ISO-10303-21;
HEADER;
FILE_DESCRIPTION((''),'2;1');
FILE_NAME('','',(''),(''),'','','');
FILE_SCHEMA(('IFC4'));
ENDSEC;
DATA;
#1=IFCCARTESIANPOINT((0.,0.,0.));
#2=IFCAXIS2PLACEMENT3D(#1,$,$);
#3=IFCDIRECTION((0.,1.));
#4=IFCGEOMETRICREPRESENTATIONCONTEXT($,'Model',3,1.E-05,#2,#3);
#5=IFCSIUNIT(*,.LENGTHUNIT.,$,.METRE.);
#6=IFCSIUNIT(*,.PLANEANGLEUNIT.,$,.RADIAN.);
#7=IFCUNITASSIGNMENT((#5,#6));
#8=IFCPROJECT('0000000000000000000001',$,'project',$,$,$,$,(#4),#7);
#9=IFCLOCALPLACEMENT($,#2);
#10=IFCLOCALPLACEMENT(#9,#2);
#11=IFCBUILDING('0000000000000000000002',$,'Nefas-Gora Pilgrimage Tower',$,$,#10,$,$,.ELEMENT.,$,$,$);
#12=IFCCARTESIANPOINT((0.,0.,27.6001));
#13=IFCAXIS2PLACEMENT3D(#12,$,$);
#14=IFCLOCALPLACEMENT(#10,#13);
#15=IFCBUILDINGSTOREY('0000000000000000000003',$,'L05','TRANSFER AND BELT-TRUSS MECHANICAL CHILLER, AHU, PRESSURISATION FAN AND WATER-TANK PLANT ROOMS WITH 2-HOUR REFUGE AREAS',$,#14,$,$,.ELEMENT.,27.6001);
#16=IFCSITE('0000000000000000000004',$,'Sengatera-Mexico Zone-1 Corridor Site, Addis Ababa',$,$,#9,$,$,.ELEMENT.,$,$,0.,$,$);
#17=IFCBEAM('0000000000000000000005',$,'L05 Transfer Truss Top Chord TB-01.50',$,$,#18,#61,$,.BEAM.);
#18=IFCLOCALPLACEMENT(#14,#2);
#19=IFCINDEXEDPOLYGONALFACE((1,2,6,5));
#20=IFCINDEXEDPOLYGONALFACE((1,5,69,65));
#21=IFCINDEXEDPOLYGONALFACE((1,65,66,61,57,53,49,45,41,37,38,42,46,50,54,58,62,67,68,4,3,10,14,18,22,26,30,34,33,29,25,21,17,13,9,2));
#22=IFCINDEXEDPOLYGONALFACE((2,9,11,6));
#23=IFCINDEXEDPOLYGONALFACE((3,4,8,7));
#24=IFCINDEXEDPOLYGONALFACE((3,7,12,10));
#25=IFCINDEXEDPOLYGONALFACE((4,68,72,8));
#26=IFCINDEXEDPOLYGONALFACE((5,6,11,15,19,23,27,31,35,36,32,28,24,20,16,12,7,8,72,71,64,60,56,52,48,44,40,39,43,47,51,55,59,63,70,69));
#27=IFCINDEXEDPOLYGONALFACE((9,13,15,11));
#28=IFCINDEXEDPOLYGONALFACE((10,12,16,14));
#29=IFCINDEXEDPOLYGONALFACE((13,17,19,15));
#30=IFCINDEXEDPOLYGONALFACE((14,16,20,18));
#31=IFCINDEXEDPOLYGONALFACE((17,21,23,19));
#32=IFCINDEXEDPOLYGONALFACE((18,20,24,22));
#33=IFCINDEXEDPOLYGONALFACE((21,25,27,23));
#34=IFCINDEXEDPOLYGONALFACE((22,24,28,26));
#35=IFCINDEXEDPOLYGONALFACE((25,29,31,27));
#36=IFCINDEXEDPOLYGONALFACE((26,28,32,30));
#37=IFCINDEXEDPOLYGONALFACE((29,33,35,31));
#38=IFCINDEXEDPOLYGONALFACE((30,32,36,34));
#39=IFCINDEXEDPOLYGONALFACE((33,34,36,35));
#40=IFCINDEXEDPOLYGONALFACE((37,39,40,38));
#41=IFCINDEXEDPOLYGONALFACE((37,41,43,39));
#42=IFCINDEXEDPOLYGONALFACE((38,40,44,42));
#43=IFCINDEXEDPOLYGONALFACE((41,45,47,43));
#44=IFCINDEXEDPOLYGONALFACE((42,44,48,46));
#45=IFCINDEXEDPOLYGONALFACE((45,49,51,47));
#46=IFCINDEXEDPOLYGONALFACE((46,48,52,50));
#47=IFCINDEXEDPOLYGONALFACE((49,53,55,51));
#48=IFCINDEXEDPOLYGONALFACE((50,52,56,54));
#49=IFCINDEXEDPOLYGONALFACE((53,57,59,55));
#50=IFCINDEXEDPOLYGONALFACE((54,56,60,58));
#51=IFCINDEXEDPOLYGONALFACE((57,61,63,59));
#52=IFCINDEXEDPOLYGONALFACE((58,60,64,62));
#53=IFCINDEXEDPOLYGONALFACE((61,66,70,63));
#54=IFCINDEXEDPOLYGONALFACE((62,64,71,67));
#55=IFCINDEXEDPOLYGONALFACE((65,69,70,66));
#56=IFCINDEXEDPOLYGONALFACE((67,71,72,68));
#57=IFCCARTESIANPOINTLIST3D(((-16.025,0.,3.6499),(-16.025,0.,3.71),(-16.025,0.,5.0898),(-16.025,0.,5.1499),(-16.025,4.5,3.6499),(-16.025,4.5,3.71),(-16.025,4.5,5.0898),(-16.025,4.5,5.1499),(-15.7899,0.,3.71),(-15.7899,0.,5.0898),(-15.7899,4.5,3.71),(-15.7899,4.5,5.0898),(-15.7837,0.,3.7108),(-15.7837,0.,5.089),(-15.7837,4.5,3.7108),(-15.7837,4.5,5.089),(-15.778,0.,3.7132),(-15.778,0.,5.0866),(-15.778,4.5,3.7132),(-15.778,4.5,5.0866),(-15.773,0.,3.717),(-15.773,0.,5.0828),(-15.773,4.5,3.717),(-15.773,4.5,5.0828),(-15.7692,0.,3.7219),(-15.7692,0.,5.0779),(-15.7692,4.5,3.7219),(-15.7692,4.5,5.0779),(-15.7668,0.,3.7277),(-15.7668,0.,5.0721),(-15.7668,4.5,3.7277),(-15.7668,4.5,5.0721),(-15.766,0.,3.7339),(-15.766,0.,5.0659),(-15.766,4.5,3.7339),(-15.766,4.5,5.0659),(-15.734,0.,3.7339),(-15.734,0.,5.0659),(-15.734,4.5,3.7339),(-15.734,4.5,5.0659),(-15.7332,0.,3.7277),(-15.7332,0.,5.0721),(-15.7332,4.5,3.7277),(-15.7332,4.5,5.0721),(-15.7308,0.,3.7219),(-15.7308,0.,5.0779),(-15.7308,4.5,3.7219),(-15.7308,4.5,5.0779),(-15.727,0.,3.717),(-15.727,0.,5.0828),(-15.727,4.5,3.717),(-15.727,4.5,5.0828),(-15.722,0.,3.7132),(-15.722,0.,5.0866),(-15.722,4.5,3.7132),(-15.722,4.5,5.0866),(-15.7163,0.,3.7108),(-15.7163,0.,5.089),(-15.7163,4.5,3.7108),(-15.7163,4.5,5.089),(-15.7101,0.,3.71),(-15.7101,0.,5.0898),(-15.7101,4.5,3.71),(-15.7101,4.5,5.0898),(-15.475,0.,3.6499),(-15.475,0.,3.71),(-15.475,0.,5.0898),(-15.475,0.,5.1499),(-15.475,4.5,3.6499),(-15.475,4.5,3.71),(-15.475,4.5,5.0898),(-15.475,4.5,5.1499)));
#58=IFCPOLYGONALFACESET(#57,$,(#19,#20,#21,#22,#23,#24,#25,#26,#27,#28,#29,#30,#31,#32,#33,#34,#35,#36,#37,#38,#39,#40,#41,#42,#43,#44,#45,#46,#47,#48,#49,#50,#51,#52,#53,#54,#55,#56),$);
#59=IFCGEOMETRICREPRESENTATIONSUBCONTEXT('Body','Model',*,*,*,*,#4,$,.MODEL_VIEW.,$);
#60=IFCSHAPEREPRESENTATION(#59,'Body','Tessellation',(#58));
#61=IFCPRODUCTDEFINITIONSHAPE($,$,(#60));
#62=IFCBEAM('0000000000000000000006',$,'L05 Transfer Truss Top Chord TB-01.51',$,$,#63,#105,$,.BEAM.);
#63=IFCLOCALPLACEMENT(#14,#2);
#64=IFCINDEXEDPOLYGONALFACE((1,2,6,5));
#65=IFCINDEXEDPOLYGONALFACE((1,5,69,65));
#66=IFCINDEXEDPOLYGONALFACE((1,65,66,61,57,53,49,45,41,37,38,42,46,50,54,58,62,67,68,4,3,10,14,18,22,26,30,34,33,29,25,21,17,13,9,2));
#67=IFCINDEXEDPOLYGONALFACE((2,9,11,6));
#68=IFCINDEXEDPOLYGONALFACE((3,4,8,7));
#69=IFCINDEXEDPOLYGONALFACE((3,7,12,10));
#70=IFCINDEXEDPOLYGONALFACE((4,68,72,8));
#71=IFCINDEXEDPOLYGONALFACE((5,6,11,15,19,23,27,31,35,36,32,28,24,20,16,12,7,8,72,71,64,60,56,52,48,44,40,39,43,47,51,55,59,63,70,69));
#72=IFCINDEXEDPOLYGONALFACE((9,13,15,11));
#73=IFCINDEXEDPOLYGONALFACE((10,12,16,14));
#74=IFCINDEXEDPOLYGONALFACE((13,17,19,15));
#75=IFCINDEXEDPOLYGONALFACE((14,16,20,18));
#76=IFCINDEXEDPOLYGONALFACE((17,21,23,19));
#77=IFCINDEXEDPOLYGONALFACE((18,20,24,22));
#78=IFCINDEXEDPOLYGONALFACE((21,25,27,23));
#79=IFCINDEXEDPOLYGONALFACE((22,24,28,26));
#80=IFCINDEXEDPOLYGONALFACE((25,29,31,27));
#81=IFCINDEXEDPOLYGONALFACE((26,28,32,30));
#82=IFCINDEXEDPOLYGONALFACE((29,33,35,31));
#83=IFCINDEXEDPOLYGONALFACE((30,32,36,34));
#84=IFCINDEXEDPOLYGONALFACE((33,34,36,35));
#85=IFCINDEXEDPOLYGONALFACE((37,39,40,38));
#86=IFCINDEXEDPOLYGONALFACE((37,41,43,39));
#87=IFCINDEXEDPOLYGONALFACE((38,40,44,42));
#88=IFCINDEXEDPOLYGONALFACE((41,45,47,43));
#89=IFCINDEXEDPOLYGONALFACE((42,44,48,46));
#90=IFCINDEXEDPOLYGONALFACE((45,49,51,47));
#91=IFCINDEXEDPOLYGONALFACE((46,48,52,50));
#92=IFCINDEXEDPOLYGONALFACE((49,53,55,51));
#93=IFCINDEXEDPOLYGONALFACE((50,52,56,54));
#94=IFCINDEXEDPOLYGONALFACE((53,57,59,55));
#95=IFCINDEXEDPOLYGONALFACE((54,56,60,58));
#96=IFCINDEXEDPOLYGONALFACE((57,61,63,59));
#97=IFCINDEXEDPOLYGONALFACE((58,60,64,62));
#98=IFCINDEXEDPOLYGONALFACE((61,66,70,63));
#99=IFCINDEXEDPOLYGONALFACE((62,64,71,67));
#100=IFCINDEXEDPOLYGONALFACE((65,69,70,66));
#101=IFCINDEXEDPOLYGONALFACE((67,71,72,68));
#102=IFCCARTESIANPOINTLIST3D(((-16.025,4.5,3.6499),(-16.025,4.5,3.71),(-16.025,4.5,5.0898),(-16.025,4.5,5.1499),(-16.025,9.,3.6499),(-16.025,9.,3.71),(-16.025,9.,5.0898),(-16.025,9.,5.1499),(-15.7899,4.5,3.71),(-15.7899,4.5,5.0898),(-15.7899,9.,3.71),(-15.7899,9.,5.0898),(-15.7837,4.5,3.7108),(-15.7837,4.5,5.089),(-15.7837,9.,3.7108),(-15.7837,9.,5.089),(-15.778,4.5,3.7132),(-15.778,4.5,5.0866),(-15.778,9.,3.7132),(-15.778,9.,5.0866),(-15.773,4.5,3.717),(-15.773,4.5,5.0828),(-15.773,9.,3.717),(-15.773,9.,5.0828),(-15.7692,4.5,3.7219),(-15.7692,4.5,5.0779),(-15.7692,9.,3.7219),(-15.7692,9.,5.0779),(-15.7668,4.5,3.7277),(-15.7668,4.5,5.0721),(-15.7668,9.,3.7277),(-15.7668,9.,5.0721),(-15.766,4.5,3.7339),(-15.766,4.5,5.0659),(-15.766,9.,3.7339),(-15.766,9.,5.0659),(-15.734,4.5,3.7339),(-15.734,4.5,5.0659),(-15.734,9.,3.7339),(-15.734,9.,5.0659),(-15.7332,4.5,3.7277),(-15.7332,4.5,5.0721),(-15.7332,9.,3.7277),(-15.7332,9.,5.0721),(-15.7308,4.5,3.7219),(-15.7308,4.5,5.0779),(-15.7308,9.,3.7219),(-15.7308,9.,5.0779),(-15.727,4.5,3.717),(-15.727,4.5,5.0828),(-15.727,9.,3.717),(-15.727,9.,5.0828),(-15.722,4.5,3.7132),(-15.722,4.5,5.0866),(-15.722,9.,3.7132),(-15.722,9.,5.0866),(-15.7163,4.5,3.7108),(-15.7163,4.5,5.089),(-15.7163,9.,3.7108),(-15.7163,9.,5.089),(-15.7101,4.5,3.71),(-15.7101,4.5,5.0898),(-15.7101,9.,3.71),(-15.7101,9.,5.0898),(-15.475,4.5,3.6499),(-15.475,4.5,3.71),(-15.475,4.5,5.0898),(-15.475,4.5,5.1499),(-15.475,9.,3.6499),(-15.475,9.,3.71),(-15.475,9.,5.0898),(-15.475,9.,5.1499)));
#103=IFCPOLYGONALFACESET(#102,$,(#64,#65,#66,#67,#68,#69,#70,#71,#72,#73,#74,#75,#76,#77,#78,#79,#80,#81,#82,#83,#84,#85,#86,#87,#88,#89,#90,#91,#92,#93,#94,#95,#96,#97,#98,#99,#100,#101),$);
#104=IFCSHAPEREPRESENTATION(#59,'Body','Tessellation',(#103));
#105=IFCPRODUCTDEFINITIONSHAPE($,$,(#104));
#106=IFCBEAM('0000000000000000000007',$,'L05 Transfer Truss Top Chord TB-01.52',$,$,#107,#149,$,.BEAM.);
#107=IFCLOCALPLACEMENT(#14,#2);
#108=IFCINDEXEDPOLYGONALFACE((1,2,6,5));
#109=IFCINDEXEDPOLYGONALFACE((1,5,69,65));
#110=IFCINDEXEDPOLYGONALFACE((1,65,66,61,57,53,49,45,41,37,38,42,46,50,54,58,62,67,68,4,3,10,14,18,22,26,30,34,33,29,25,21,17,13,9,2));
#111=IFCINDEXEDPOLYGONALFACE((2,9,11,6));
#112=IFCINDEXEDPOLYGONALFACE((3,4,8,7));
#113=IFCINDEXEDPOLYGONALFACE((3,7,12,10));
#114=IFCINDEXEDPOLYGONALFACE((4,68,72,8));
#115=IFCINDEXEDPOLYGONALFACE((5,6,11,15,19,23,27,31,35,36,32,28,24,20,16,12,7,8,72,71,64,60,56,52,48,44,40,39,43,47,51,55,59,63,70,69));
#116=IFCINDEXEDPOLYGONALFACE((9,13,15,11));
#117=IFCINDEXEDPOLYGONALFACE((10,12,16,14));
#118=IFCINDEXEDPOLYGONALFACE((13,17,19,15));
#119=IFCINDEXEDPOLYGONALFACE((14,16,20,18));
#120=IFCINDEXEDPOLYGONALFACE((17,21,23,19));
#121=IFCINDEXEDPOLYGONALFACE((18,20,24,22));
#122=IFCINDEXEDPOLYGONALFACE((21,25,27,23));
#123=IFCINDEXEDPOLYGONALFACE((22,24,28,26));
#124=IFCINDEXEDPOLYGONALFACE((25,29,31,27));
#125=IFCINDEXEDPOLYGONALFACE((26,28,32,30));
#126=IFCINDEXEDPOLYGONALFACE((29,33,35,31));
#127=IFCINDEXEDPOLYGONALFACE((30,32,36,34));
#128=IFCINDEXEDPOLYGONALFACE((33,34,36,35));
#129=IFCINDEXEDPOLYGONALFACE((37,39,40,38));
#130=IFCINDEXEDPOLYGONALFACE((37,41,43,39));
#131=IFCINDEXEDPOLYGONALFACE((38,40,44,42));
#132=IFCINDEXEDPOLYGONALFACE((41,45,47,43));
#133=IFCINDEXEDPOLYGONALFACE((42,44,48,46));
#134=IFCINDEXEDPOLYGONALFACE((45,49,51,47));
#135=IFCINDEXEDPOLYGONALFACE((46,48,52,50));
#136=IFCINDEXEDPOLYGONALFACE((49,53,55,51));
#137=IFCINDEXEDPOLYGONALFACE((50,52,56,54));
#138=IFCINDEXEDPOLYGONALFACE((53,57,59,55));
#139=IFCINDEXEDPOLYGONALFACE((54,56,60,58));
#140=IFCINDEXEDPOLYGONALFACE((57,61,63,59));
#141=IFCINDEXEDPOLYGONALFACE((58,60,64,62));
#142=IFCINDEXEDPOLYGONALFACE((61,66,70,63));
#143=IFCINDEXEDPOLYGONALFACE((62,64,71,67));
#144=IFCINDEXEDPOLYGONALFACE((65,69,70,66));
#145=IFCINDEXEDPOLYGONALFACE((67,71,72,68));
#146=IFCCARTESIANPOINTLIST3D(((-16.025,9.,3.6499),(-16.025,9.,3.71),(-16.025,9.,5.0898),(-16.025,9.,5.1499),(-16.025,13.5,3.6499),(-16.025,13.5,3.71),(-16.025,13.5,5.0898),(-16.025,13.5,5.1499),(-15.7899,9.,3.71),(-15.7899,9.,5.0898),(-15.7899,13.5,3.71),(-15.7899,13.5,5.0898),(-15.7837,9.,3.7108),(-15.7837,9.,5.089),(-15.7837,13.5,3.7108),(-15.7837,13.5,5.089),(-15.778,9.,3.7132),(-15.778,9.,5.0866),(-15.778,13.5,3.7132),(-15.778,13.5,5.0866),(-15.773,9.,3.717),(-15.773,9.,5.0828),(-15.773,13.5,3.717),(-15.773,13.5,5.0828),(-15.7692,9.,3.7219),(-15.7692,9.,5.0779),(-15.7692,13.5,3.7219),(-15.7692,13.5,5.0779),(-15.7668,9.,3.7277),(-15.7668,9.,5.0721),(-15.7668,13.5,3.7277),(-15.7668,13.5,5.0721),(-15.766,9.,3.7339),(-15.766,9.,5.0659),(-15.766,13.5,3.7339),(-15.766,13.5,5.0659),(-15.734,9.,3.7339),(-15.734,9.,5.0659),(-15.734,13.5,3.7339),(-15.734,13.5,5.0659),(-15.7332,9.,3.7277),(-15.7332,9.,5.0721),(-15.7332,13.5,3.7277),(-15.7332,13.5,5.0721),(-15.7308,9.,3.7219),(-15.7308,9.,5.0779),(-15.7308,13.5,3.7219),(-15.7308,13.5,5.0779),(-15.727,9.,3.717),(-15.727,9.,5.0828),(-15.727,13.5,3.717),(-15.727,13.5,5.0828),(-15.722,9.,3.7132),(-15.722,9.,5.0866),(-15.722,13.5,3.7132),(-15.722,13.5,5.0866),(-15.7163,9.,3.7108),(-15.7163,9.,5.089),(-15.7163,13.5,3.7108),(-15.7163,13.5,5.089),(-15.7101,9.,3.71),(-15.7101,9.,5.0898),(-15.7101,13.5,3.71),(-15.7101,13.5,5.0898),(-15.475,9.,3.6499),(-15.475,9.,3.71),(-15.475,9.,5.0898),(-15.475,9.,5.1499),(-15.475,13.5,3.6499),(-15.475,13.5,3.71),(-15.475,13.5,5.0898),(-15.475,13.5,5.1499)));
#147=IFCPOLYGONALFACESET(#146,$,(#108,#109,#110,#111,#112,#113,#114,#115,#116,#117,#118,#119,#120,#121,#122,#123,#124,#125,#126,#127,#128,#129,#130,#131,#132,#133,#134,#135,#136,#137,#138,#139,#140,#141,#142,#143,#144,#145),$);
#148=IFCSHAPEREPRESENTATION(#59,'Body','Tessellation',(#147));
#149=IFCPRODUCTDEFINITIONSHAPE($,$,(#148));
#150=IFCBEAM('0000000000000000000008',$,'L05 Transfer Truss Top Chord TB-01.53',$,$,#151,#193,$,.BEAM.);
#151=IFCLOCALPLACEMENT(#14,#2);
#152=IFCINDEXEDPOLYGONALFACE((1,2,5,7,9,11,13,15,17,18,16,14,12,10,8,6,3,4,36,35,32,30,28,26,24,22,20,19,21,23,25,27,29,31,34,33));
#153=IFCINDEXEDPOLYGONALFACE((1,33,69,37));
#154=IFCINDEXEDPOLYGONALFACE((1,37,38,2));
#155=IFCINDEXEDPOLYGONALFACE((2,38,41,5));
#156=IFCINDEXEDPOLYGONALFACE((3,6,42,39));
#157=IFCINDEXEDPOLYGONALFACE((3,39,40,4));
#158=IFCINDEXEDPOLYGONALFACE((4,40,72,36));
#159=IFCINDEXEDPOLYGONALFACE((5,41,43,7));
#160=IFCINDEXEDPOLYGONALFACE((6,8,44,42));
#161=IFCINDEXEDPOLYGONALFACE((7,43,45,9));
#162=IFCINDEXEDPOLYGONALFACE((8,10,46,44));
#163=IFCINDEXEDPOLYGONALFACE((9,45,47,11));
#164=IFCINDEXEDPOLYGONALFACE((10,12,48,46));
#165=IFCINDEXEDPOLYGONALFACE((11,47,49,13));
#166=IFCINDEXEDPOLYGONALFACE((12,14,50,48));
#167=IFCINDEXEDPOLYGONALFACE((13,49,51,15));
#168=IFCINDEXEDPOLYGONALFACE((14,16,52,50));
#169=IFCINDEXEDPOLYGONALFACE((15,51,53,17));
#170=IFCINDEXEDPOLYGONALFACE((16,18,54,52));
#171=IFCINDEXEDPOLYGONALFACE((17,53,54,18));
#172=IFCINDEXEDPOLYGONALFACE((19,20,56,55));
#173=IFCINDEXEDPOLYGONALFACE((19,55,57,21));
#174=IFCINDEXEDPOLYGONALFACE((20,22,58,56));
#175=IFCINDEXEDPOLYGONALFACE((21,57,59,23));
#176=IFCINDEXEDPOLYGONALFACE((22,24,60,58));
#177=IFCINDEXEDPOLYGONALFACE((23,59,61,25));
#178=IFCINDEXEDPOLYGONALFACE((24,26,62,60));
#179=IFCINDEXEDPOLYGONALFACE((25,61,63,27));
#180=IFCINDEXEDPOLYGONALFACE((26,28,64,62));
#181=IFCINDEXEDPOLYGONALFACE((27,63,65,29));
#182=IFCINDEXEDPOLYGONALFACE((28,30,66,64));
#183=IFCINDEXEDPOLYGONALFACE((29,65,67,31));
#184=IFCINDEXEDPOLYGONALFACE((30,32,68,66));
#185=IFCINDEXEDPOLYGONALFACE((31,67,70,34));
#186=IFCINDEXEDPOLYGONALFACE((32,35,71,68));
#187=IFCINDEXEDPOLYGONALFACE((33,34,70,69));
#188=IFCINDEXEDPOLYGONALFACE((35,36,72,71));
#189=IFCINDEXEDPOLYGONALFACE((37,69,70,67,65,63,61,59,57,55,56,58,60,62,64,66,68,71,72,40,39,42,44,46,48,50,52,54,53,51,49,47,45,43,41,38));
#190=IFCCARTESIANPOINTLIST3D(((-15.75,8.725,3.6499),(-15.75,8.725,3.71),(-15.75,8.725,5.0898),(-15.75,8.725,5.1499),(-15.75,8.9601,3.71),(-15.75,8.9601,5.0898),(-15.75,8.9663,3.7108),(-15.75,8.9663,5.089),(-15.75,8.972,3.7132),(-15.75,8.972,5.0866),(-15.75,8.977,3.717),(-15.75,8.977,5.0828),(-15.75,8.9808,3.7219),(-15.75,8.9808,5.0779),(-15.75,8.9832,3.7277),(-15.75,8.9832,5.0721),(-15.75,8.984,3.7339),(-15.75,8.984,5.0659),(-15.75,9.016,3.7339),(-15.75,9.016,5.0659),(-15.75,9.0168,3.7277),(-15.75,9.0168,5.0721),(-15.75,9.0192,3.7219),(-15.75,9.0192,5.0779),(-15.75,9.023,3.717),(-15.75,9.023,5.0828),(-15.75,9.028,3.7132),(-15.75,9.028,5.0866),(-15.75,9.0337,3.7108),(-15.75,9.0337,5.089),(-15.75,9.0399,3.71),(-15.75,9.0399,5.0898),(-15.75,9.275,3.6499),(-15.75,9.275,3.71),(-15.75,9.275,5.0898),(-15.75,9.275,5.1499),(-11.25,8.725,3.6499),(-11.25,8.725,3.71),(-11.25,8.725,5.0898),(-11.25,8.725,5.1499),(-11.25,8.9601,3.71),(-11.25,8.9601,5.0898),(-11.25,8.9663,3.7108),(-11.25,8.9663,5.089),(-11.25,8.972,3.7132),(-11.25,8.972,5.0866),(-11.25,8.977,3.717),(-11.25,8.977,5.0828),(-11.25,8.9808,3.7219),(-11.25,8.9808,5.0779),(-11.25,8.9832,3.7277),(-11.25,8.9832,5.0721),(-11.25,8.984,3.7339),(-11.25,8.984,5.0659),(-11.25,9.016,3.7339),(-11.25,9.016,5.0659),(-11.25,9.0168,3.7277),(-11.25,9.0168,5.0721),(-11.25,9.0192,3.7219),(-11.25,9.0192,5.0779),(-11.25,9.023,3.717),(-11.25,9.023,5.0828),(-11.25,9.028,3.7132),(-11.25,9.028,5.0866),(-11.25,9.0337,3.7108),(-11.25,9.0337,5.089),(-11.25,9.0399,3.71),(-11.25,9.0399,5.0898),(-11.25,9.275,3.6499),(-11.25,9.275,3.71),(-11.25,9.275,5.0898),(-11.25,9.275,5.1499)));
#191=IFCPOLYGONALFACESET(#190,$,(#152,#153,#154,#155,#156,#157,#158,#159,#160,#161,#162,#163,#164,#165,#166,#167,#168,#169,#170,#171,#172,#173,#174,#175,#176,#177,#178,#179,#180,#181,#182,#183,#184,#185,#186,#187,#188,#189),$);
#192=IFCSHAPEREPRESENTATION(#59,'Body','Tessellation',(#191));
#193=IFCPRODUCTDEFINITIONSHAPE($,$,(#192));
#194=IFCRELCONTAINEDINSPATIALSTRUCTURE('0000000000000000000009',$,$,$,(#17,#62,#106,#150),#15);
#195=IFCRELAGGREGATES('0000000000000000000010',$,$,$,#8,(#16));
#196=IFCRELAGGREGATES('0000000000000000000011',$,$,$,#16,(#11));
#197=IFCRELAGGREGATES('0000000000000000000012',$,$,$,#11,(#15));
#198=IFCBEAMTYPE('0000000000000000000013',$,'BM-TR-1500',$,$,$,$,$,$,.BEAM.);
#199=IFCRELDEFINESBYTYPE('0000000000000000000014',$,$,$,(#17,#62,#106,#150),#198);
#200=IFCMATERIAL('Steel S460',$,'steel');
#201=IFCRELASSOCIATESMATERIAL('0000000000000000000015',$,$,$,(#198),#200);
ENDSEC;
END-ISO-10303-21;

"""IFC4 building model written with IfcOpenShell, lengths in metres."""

from ifc_helpers import new_model, si_unit, direction, frame, origin, origin_2d, place, context, subcontext, project, spatial, i_section, extrude, source, transform, mapped, material, material_profile, profile_set, type_object, element, save


model = new_model("IFC4")

# Units and contexts
model_context = context("Model", 3, precision=1e-05, world=origin(), true_north=direction((0.0, 1.0)))
body_context = subcontext(model_context, "Body", "Model", "MODEL_VIEW")
ifc_project = project(units=[si_unit("LENGTHUNIT", "METRE"), si_unit("PLANEANGLEUNIT", "RADIAN")], contexts=[model_context])

# Site, building, storey
site_placement = place(None, origin())
site = spatial("IfcSite", under=ifc_project, at=site_placement, Name="Sengatera-Mexico Zone-1 Corridor Site, Addis Ababa", CompositionType="ELEMENT", RefElevation=0.0)
building_placement = place(site_placement, origin())
building = spatial("IfcBuilding", under=site, at=building_placement, Name="Nefas-Gora Pilgrimage Tower", CompositionType="ELEMENT")
storey_placement = place(building_placement, frame((0.0, 0.0, 27.6001)))
storey = spatial("IfcBuildingStorey", under=building, at=storey_placement, Name="L05", Description="TRANSFER AND BELT-TRUSS MECHANICAL CHILLER, AHU, PRESSURISATION FAN AND WATER-TANK PLANT ROOMS WITH 2-HOUR REFUGE AREAS", CompositionType="ELEMENT", Elevation=27.6001)

# Shared definitions
ifc_material_1 = material(Name="Steel S460", Category="steel")

# Beams
ifc_material_profile_1 = material_profile(ifc_material_1, i_section(OverallWidth=0.55, OverallDepth=1.5, WebThickness=0.032, FlangeThickness=0.0601, FilletRadius=0.0239, at=origin_2d()), Name="WPG 1500x550x32x60")
ifc_profile_set_1 = profile_set([ifc_material_profile_1], Name="Steel S460")
beam_type_1 = type_object("IfcBeamType", Name="BM-TR-1500", PredefinedType="BEAM", material=ifc_profile_set_1)
shared_shape_1 = source(origin(), body_context, "Body", "SweptSolid", [
    extrude(i_section(OverallWidth=0.55, OverallDepth=1.5, WebThickness=0.032, FlangeThickness=0.0601, FilletRadius=0.0239, at=origin_2d()), origin(), (0.0, 0.0, 1.0), 4.5),
])
for number, where, z_axis, x_axis, name in (
    (1, (-15.75, 0.0, 4.3999), (0.0, 1.0, 0.0), (-1.0, 0.0, 0.0), "L05 Transfer Truss Top Chord TB-01.50"),
    (2, (-15.75, 4.5, 4.3999), (0.0, 1.0, 0.0), (-1.0, 0.0, 0.0), "L05 Transfer Truss Top Chord TB-01.51"),
    (3, (-15.75, 9.0, 4.3999), (0.0, 1.0, 0.0), (-1.0, 0.0, 0.0), "L05 Transfer Truss Top Chord TB-01.52"),
    (4, (-15.75, 9.0, 4.3999), (1.0, 0.0, 0.0), (0.0, 1.0, 0.0), "L05 Transfer Truss Top Chord TB-01.53"),
):
    element("IfcBeam", number, at=place(storey_placement, frame(where, z_axis=z_axis, x_axis=x_axis)), inside=storey, type_object=beam_type_1, Name=name, PredefinedType="BEAM", context=body_context, shape_type="MappedRepresentation", body=[
        mapped(shared_shape_1, transform((0.0, 0.0, 0.0), x_axis=(1.0, 0.0, 0.0), y_axis=(0.0, 1.0, 0.0), z_axis=(0.0, 0.0, 1.0), scale=1.0)),
    ])

save(model, "model.ifc")
